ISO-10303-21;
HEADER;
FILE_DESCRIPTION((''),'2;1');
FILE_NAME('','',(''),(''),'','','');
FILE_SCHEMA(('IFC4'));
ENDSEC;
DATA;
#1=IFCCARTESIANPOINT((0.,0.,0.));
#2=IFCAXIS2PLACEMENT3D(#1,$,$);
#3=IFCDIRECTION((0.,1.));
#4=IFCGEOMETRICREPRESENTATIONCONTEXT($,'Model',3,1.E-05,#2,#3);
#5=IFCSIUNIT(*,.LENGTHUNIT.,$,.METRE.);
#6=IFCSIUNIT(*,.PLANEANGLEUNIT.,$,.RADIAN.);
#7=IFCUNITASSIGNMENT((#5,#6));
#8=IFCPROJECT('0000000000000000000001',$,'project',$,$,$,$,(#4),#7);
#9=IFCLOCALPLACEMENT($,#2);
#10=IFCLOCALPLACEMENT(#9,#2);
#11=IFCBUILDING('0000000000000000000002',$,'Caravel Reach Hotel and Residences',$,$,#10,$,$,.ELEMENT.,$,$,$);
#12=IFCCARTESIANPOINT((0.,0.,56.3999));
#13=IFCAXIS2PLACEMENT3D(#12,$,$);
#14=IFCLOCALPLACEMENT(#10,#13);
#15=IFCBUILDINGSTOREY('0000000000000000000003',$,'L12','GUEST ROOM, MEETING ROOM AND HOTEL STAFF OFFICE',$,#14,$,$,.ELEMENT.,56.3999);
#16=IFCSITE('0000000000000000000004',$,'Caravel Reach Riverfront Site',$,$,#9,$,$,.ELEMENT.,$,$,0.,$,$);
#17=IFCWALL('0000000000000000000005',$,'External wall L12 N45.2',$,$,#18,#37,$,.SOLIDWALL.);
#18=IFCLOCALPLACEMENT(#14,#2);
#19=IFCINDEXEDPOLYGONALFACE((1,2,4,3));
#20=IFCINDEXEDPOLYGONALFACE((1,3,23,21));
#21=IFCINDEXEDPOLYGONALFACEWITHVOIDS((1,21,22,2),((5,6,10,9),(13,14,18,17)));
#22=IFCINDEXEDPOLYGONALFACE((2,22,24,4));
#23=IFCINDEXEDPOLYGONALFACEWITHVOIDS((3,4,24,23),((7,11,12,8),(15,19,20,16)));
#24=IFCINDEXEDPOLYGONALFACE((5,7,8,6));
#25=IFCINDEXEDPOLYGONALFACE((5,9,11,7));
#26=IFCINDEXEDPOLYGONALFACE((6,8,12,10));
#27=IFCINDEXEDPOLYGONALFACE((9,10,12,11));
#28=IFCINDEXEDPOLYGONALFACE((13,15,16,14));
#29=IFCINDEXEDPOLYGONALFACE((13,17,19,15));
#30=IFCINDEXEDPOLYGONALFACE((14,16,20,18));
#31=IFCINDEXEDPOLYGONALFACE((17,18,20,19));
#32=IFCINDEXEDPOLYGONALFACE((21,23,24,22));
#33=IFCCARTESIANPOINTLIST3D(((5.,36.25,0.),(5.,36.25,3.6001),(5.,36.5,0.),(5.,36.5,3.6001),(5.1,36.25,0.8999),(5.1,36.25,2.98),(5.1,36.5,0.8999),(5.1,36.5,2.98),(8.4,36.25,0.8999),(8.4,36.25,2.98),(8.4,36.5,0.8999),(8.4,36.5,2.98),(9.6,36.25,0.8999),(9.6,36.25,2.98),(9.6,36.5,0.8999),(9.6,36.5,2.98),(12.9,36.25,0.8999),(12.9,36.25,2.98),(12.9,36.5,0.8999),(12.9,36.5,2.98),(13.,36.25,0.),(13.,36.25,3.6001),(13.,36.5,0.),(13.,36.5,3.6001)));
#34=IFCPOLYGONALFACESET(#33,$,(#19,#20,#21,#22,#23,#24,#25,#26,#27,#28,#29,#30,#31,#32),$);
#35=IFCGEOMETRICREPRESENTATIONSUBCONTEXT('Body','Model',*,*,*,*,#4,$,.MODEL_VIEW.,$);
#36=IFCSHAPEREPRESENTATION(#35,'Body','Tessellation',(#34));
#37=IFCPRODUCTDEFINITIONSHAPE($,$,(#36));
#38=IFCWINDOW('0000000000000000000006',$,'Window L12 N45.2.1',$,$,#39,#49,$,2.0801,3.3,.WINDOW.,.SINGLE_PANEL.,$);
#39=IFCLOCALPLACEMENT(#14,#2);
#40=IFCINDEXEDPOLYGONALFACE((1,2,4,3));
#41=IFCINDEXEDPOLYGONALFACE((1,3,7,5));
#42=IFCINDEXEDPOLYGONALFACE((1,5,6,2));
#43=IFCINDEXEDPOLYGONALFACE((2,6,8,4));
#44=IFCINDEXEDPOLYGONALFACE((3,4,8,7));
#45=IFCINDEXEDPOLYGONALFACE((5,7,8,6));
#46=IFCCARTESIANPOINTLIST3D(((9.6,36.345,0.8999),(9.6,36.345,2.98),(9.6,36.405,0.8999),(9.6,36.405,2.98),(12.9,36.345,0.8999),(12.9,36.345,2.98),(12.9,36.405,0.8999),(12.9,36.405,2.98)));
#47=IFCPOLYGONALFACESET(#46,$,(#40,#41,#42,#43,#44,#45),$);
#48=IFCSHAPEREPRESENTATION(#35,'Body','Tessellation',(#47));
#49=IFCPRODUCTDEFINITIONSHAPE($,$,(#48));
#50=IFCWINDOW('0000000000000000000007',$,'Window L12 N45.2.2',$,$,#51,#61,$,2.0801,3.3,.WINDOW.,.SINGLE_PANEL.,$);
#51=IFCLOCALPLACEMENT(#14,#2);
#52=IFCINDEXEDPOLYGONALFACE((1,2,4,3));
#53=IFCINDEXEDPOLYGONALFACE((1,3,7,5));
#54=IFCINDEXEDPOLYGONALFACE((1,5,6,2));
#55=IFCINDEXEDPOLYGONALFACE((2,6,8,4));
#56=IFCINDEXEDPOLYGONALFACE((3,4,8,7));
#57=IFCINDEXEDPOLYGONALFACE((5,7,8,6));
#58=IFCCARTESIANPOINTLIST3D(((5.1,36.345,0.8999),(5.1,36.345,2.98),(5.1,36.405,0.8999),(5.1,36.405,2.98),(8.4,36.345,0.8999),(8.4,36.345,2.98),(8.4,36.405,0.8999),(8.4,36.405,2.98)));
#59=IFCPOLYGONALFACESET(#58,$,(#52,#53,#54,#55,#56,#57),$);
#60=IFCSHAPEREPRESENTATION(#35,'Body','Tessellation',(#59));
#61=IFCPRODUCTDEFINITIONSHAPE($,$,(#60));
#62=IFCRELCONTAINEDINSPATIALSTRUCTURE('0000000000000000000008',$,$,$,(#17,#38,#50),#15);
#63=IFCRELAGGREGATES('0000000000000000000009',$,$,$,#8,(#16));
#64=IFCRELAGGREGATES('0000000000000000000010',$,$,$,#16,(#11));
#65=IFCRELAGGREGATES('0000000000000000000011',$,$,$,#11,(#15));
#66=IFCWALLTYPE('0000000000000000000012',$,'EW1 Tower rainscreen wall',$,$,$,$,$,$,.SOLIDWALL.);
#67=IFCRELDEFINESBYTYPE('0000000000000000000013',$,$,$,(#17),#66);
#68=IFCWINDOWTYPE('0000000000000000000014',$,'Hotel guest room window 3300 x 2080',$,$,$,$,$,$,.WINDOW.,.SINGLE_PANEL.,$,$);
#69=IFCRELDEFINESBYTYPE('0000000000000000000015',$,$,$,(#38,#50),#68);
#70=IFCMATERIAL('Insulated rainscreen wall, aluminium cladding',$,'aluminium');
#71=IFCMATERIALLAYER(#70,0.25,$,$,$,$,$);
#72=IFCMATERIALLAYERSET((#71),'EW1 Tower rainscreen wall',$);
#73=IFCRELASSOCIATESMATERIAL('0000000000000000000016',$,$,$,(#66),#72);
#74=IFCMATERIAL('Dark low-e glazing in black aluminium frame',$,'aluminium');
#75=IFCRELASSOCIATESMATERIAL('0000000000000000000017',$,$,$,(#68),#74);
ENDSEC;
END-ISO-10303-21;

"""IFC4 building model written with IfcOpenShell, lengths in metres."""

from ifc_helpers import new_model, si_unit, direction, frame, frame_2d, origin, place, context, subcontext, project, spatial, rectangle, extrude, material, layer, layer_set, type_object, element, fill, save


model = new_model("IFC4")

# Units and contexts
model_context = context("Model", 3, precision=1e-05, world=origin(), true_north=direction((0.0, 1.0)))
body_context = subcontext(model_context, "Body", "Model", "MODEL_VIEW")
ifc_project = project(units=[si_unit("LENGTHUNIT", "METRE"), si_unit("PLANEANGLEUNIT", "RADIAN")], contexts=[model_context])

# Site, building, storey
site_placement = place(None, origin())
site = spatial("IfcSite", under=ifc_project, at=site_placement, Name="Caravel Reach Riverfront Site", CompositionType="ELEMENT", RefElevation=0.0)
building_placement = place(site_placement, origin())
building = spatial("IfcBuilding", under=site, at=building_placement, Name="Caravel Reach Hotel and Residences", CompositionType="ELEMENT")
storey_placement = place(building_placement, frame((0.0, 0.0, 56.3999)))
storey = spatial("IfcBuildingStorey", under=building, at=storey_placement, Name="L12", Description="GUEST ROOM, MEETING ROOM AND HOTEL STAFF OFFICE", CompositionType="ELEMENT", Elevation=56.3999)

# Shared definitions
ifc_material_1 = material(Name="Insulated rainscreen wall, aluminium cladding", Category="aluminium")
ifc_layer = layer(ifc_material_1, 0.25)
ifc_layer_set = layer_set([ifc_layer], Name="EW1 Tower rainscreen wall")
wall_type = type_object("IfcWallType", Name="EW1 Tower rainscreen wall", PredefinedType="SOLIDWALL", material=ifc_layer_set)

# Wall, openings, windows
wall_1_placement = place(storey_placement, frame((13.0, 36.375, 0.0), z_axis=(0.0, 0.0, 1.0), x_axis=(-1.0, 0.0, 0.0)))
wall_1 = element("IfcWall", 1, at=wall_1_placement, inside=storey, type_object=wall_type, Name="External wall L12 N45.2", PredefinedType="SOLIDWALL", context=body_context, shape_type="SweptSolid", body=[
    extrude(rectangle(XDim=8.0, YDim=0.25, at=frame_2d((4.0, 0.0))), origin(), (0.0, 0.0, 1.0), 3.6001),
])
opening_1_placement = place(wall_1_placement, frame((0.1001, 0.0, 0.8999)))
opening_1 = element("IfcOpeningElement", 2, at=opening_1_placement, cuts=wall_1, PredefinedType="OPENING", context=body_context, shape_type="SweptSolid", body=[
    extrude(rectangle(XDim=3.3, YDim=2.0801, at=frame_2d((1.6499, 1.04))), frame((0.0, 0.135, 0.0), z_axis=(0.0, -1.0, 0.0), x_axis=(1.0, 0.0, 0.0)), (0.0, 0.0, 1.0), 0.27),
])
opening_2_placement = place(wall_1_placement, frame((4.6001, 0.0, 0.8999)))
opening_2 = element("IfcOpeningElement", 3, at=opening_2_placement, cuts=wall_1, PredefinedType="OPENING", context=body_context, shape_type="SweptSolid", body=[
    extrude(rectangle(XDim=3.3, YDim=2.0801, at=frame_2d((1.6499, 1.04))), frame((0.0, 0.135, 0.0), z_axis=(0.0, -1.0, 0.0), x_axis=(1.0, 0.0, 0.0)), (0.0, 0.0, 1.0), 0.27),
])
ifc_material_2 = material(Name="Dark low-e glazing in black aluminium frame", Category="aluminium")
window_type_1 = type_object("IfcWindowType", Name="Hotel guest room window 3300 x 2080", PartitioningType="SINGLE_PANEL", PredefinedType="WINDOW", material=ifc_material_2)
window_1_placement = place(opening_1_placement, origin())
window_1 = element("IfcWindow", 4, at=window_1_placement, inside=storey, type_object=window_type_1, Name="Window L12 N45.2.1", OverallHeight=2.0801, OverallWidth=3.3, PartitioningType="SINGLE_PANEL", PredefinedType="WINDOW", context=body_context, shape_type="SweptSolid", body=[
    extrude(rectangle(XDim=3.3, YDim=2.0801, at=frame_2d((1.6499, 1.04))), frame((0.0, 0.03, 0.0), z_axis=(0.0, -1.0, 0.0), x_axis=(1.0, 0.0, 0.0)), (0.0, 0.0, 1.0), 0.0601),
])
fill(opening_1, window_1)
window_2_placement = place(opening_2_placement, origin())
window_2 = element("IfcWindow", 5, at=window_2_placement, inside=storey, type_object=window_type_1, Name="Window L12 N45.2.2", OverallHeight=2.0801, OverallWidth=3.3, PartitioningType="SINGLE_PANEL", PredefinedType="WINDOW", context=body_context, shape_type="SweptSolid", body=[
    extrude(rectangle(XDim=3.3, YDim=2.0801, at=frame_2d((1.6499, 1.04))), frame((0.0, 0.03, 0.0), z_axis=(0.0, -1.0, 0.0), x_axis=(1.0, 0.0, 0.0)), (0.0, 0.0, 1.0), 0.0601),
])
fill(opening_2, window_2)

save(model, "model.ifc")
